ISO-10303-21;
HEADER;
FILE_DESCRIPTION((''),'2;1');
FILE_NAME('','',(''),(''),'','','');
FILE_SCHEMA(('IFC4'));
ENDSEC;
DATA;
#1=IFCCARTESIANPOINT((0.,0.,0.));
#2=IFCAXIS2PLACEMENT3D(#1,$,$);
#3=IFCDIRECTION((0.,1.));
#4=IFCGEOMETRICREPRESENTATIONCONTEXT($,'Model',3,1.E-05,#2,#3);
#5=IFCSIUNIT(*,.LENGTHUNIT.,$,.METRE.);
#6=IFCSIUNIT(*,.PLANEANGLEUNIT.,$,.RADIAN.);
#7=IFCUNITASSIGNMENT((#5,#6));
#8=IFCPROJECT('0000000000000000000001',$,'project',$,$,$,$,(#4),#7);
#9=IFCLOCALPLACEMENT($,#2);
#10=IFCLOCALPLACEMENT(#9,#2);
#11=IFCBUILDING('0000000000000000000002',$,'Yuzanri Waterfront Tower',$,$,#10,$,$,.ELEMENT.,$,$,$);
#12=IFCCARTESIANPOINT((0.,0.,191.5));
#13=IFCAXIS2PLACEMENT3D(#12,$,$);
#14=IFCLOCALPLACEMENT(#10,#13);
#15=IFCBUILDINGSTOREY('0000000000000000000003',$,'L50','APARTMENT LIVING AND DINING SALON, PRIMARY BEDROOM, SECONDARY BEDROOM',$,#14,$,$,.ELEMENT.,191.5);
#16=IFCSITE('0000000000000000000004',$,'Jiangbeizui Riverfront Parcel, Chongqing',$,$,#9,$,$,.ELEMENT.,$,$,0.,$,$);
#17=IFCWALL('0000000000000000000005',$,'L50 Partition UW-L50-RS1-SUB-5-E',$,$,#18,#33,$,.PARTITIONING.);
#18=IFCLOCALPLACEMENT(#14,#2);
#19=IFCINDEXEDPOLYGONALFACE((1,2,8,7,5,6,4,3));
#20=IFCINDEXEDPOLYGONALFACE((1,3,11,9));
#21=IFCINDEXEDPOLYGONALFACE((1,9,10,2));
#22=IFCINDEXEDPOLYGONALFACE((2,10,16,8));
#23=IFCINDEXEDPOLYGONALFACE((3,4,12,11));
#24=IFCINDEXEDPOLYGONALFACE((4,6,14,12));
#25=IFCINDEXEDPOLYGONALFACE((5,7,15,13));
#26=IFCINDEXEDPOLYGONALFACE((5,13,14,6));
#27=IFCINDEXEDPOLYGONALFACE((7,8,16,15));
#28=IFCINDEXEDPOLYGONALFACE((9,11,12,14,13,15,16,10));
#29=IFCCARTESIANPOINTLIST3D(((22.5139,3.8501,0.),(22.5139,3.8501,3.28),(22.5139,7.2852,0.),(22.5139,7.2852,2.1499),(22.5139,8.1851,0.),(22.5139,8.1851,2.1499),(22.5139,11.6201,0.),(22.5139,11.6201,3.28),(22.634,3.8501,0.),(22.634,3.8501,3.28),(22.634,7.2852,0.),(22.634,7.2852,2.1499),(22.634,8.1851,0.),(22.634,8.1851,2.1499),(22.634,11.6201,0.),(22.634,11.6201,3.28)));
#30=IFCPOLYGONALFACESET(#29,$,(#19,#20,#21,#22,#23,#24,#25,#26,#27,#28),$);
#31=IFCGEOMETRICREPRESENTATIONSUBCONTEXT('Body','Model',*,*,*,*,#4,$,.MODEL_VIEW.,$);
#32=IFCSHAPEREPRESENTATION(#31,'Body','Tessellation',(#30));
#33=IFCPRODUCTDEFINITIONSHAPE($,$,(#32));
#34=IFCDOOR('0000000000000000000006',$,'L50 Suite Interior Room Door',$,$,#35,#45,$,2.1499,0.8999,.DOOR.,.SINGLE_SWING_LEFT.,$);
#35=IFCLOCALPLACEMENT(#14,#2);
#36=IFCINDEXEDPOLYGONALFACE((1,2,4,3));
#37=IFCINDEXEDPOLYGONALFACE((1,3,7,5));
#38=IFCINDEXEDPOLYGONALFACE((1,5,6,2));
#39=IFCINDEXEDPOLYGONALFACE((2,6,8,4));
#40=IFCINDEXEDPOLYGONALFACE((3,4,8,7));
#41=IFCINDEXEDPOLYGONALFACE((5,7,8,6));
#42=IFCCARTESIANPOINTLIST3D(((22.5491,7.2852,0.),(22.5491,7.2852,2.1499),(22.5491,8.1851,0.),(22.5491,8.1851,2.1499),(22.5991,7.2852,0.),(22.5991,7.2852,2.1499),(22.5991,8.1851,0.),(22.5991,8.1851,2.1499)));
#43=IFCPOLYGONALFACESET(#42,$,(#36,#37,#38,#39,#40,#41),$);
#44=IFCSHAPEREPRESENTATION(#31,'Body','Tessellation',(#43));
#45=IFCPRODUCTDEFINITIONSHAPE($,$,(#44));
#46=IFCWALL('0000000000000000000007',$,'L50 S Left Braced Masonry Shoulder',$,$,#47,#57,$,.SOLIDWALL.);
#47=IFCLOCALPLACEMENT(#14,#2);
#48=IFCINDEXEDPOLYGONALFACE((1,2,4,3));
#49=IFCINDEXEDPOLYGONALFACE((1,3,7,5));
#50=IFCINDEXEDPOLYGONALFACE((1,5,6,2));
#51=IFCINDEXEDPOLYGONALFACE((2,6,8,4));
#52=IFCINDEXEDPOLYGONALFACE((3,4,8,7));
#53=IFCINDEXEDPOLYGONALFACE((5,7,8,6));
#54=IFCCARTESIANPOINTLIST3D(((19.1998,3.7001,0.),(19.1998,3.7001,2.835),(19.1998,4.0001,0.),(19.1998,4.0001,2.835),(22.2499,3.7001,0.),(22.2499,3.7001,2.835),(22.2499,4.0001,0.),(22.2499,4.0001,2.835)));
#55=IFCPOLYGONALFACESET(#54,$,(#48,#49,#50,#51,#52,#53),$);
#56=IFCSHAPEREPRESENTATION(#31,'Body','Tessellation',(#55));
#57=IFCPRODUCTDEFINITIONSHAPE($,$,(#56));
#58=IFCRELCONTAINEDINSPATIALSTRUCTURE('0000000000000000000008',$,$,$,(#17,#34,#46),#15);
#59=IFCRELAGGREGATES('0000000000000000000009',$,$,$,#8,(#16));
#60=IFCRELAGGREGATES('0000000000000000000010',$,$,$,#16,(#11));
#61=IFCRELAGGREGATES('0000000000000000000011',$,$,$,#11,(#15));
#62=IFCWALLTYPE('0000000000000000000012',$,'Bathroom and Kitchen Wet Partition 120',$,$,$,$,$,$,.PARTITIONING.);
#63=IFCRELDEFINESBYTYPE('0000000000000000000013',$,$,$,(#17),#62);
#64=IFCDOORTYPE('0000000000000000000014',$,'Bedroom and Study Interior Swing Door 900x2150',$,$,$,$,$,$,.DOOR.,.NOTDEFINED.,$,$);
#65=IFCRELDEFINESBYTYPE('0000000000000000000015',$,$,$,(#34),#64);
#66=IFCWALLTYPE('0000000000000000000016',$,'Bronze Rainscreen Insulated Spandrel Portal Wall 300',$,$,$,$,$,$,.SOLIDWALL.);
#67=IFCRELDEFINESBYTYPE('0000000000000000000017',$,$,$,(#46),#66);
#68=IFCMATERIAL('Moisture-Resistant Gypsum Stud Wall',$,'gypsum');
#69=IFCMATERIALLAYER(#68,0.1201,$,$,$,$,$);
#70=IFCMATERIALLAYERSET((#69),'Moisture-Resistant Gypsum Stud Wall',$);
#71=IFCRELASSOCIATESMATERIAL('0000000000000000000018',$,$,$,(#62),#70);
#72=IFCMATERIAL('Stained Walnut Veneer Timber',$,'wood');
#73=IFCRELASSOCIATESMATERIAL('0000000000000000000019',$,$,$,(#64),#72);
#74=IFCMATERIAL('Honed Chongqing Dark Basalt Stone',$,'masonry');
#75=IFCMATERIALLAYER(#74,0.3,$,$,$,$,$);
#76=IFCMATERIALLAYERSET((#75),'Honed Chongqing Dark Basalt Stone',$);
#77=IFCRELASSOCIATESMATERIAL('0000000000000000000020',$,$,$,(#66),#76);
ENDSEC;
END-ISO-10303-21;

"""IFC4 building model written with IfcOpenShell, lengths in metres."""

from ifc_helpers import new_model, si_unit, direction, frame, frame_2d, origin, place, context, subcontext, project, spatial, rectangle, extrude, source, transform, mapped, material, layer, layer_set, type_object, element, fill, save


model = new_model("IFC4")

# Units and contexts
model_context = context("Model", 3, precision=1e-05, world=origin(), true_north=direction((0.0, 1.0)))
body_context = subcontext(model_context, "Body", "Model", "MODEL_VIEW")
ifc_project = project(units=[si_unit("LENGTHUNIT", "METRE"), si_unit("PLANEANGLEUNIT", "RADIAN")], contexts=[model_context])

# Site, building, storey
site_placement = place(None, origin())
site = spatial("IfcSite", under=ifc_project, at=site_placement, Name="Jiangbeizui Riverfront Parcel, Chongqing", CompositionType="ELEMENT", RefElevation=0.0)
building_placement = place(site_placement, origin())
building = spatial("IfcBuilding", under=site, at=building_placement, Name="Yuzanri Waterfront Tower", CompositionType="ELEMENT")
storey_placement = place(building_placement, frame((0.0, 0.0, 191.5)))
storey = spatial("IfcBuildingStorey", under=building, at=storey_placement, Name="L50", Description="APARTMENT LIVING AND DINING SALON, PRIMARY BEDROOM, SECONDARY BEDROOM", CompositionType="ELEMENT", Elevation=191.5)

# Wall, opening, door
ifc_material_1 = material(Name="Moisture-Resistant Gypsum Stud Wall", Category="gypsum")
ifc_layer_1 = layer(ifc_material_1, 0.1201)
ifc_layer_set_1 = layer_set([ifc_layer_1], Name="Moisture-Resistant Gypsum Stud Wall")
wall_type_1 = type_object("IfcWallType", Name="Bathroom and Kitchen Wet Partition 120", PredefinedType="PARTITIONING", material=ifc_layer_set_1)
wall_1_placement = place(storey_placement, frame((22.574, 3.8501, 0.0), z_axis=(0.0, 0.0, 1.0), x_axis=(0.0, 1.0, 0.0)))
wall_1 = element("IfcWall", 1, at=wall_1_placement, inside=storey, type_object=wall_type_1, Name="L50 Partition UW-L50-RS1-SUB-5-E", PredefinedType="PARTITIONING", context=body_context, shape_type="SweptSolid", body=[
    extrude(rectangle(XDim=7.77, YDim=0.1201, at=frame_2d((3.885, 0.0))), origin(), (0.0, 0.0, 1.0), 3.28),
])
opening_placement = place(wall_1_placement, frame((3.4351, 0.0, 0.0)))
opening = element("IfcOpeningElement", 2, at=opening_placement, cuts=wall_1, PredefinedType="OPENING", context=body_context, shape_type="SweptSolid", body=[
    extrude(rectangle(XDim=0.8999, YDim=2.1499, at=frame_2d((0.45, 1.075))), frame((0.0, 0.075, 0.0), z_axis=(0.0, -1.0, 0.0), x_axis=(1.0, 0.0, 0.0)), (0.0, 0.0, 1.0), 0.1499),
])
ifc_material_2 = material(Name="Stained Walnut Veneer Timber", Category="wood")
door_type = type_object("IfcDoorType", Name="Bedroom and Study Interior Swing Door 900x2150", OperationType="NOTDEFINED", PredefinedType="DOOR", material=ifc_material_2)
shared_shape_1 = source(origin(), body_context, "Body", "SweptSolid", [
    extrude(rectangle(XDim=0.8999, YDim=2.1499, at=frame_2d((0.45, 1.075))), frame((0.0, 0.0249, 0.0), z_axis=(0.0, -1.0, 0.0), x_axis=(1.0, 0.0, 0.0)), (0.0, 0.0, 1.0), 0.05),
])
door_placement = place(opening_placement, origin())
door = element("IfcDoor", 3, at=door_placement, inside=storey, type_object=door_type, Name="L50 Suite Interior Room Door", OperationType="SINGLE_SWING_LEFT", OverallHeight=2.1499, OverallWidth=0.8999, PredefinedType="DOOR", context=body_context, shape_type="MappedRepresentation", body=[
    mapped(shared_shape_1, transform((0.0, 0.0, 0.0), scale=1.0)),
])
fill(opening, door)

# Wall
ifc_material_3 = material(Name="Honed Chongqing Dark Basalt Stone", Category="masonry")
ifc_layer_2 = layer(ifc_material_3, 0.3)
ifc_layer_set_2 = layer_set([ifc_layer_2], Name="Honed Chongqing Dark Basalt Stone")
wall_type_2 = type_object("IfcWallType", Name="Bronze Rainscreen Insulated Spandrel Portal Wall 300", PredefinedType="SOLIDWALL", material=ifc_layer_set_2)
shared_shape_2 = source(origin(), body_context, "Body", "SweptSolid", [
    extrude(rectangle(XDim=3.05, YDim=0.3, at=frame_2d((1.5249, 0.0))), origin(), (0.0, 0.0, 1.0), 2.835),
])
wall_2_placement = place(storey_placement, frame((19.2, 3.8501, 0.0), z_axis=(0.0, 0.0, 1.0), x_axis=(1.0, 0.0, 0.0)))
element("IfcWall", 4, at=wall_2_placement, inside=storey, type_object=wall_type_2, Name="L50 S Left Braced Masonry Shoulder", PredefinedType="SOLIDWALL", context=body_context, shape_type="MappedRepresentation", body=[
    mapped(shared_shape_2, transform((0.0, 0.0, 0.0), scale=1.0)),
])

save(model, "model.ifc")
